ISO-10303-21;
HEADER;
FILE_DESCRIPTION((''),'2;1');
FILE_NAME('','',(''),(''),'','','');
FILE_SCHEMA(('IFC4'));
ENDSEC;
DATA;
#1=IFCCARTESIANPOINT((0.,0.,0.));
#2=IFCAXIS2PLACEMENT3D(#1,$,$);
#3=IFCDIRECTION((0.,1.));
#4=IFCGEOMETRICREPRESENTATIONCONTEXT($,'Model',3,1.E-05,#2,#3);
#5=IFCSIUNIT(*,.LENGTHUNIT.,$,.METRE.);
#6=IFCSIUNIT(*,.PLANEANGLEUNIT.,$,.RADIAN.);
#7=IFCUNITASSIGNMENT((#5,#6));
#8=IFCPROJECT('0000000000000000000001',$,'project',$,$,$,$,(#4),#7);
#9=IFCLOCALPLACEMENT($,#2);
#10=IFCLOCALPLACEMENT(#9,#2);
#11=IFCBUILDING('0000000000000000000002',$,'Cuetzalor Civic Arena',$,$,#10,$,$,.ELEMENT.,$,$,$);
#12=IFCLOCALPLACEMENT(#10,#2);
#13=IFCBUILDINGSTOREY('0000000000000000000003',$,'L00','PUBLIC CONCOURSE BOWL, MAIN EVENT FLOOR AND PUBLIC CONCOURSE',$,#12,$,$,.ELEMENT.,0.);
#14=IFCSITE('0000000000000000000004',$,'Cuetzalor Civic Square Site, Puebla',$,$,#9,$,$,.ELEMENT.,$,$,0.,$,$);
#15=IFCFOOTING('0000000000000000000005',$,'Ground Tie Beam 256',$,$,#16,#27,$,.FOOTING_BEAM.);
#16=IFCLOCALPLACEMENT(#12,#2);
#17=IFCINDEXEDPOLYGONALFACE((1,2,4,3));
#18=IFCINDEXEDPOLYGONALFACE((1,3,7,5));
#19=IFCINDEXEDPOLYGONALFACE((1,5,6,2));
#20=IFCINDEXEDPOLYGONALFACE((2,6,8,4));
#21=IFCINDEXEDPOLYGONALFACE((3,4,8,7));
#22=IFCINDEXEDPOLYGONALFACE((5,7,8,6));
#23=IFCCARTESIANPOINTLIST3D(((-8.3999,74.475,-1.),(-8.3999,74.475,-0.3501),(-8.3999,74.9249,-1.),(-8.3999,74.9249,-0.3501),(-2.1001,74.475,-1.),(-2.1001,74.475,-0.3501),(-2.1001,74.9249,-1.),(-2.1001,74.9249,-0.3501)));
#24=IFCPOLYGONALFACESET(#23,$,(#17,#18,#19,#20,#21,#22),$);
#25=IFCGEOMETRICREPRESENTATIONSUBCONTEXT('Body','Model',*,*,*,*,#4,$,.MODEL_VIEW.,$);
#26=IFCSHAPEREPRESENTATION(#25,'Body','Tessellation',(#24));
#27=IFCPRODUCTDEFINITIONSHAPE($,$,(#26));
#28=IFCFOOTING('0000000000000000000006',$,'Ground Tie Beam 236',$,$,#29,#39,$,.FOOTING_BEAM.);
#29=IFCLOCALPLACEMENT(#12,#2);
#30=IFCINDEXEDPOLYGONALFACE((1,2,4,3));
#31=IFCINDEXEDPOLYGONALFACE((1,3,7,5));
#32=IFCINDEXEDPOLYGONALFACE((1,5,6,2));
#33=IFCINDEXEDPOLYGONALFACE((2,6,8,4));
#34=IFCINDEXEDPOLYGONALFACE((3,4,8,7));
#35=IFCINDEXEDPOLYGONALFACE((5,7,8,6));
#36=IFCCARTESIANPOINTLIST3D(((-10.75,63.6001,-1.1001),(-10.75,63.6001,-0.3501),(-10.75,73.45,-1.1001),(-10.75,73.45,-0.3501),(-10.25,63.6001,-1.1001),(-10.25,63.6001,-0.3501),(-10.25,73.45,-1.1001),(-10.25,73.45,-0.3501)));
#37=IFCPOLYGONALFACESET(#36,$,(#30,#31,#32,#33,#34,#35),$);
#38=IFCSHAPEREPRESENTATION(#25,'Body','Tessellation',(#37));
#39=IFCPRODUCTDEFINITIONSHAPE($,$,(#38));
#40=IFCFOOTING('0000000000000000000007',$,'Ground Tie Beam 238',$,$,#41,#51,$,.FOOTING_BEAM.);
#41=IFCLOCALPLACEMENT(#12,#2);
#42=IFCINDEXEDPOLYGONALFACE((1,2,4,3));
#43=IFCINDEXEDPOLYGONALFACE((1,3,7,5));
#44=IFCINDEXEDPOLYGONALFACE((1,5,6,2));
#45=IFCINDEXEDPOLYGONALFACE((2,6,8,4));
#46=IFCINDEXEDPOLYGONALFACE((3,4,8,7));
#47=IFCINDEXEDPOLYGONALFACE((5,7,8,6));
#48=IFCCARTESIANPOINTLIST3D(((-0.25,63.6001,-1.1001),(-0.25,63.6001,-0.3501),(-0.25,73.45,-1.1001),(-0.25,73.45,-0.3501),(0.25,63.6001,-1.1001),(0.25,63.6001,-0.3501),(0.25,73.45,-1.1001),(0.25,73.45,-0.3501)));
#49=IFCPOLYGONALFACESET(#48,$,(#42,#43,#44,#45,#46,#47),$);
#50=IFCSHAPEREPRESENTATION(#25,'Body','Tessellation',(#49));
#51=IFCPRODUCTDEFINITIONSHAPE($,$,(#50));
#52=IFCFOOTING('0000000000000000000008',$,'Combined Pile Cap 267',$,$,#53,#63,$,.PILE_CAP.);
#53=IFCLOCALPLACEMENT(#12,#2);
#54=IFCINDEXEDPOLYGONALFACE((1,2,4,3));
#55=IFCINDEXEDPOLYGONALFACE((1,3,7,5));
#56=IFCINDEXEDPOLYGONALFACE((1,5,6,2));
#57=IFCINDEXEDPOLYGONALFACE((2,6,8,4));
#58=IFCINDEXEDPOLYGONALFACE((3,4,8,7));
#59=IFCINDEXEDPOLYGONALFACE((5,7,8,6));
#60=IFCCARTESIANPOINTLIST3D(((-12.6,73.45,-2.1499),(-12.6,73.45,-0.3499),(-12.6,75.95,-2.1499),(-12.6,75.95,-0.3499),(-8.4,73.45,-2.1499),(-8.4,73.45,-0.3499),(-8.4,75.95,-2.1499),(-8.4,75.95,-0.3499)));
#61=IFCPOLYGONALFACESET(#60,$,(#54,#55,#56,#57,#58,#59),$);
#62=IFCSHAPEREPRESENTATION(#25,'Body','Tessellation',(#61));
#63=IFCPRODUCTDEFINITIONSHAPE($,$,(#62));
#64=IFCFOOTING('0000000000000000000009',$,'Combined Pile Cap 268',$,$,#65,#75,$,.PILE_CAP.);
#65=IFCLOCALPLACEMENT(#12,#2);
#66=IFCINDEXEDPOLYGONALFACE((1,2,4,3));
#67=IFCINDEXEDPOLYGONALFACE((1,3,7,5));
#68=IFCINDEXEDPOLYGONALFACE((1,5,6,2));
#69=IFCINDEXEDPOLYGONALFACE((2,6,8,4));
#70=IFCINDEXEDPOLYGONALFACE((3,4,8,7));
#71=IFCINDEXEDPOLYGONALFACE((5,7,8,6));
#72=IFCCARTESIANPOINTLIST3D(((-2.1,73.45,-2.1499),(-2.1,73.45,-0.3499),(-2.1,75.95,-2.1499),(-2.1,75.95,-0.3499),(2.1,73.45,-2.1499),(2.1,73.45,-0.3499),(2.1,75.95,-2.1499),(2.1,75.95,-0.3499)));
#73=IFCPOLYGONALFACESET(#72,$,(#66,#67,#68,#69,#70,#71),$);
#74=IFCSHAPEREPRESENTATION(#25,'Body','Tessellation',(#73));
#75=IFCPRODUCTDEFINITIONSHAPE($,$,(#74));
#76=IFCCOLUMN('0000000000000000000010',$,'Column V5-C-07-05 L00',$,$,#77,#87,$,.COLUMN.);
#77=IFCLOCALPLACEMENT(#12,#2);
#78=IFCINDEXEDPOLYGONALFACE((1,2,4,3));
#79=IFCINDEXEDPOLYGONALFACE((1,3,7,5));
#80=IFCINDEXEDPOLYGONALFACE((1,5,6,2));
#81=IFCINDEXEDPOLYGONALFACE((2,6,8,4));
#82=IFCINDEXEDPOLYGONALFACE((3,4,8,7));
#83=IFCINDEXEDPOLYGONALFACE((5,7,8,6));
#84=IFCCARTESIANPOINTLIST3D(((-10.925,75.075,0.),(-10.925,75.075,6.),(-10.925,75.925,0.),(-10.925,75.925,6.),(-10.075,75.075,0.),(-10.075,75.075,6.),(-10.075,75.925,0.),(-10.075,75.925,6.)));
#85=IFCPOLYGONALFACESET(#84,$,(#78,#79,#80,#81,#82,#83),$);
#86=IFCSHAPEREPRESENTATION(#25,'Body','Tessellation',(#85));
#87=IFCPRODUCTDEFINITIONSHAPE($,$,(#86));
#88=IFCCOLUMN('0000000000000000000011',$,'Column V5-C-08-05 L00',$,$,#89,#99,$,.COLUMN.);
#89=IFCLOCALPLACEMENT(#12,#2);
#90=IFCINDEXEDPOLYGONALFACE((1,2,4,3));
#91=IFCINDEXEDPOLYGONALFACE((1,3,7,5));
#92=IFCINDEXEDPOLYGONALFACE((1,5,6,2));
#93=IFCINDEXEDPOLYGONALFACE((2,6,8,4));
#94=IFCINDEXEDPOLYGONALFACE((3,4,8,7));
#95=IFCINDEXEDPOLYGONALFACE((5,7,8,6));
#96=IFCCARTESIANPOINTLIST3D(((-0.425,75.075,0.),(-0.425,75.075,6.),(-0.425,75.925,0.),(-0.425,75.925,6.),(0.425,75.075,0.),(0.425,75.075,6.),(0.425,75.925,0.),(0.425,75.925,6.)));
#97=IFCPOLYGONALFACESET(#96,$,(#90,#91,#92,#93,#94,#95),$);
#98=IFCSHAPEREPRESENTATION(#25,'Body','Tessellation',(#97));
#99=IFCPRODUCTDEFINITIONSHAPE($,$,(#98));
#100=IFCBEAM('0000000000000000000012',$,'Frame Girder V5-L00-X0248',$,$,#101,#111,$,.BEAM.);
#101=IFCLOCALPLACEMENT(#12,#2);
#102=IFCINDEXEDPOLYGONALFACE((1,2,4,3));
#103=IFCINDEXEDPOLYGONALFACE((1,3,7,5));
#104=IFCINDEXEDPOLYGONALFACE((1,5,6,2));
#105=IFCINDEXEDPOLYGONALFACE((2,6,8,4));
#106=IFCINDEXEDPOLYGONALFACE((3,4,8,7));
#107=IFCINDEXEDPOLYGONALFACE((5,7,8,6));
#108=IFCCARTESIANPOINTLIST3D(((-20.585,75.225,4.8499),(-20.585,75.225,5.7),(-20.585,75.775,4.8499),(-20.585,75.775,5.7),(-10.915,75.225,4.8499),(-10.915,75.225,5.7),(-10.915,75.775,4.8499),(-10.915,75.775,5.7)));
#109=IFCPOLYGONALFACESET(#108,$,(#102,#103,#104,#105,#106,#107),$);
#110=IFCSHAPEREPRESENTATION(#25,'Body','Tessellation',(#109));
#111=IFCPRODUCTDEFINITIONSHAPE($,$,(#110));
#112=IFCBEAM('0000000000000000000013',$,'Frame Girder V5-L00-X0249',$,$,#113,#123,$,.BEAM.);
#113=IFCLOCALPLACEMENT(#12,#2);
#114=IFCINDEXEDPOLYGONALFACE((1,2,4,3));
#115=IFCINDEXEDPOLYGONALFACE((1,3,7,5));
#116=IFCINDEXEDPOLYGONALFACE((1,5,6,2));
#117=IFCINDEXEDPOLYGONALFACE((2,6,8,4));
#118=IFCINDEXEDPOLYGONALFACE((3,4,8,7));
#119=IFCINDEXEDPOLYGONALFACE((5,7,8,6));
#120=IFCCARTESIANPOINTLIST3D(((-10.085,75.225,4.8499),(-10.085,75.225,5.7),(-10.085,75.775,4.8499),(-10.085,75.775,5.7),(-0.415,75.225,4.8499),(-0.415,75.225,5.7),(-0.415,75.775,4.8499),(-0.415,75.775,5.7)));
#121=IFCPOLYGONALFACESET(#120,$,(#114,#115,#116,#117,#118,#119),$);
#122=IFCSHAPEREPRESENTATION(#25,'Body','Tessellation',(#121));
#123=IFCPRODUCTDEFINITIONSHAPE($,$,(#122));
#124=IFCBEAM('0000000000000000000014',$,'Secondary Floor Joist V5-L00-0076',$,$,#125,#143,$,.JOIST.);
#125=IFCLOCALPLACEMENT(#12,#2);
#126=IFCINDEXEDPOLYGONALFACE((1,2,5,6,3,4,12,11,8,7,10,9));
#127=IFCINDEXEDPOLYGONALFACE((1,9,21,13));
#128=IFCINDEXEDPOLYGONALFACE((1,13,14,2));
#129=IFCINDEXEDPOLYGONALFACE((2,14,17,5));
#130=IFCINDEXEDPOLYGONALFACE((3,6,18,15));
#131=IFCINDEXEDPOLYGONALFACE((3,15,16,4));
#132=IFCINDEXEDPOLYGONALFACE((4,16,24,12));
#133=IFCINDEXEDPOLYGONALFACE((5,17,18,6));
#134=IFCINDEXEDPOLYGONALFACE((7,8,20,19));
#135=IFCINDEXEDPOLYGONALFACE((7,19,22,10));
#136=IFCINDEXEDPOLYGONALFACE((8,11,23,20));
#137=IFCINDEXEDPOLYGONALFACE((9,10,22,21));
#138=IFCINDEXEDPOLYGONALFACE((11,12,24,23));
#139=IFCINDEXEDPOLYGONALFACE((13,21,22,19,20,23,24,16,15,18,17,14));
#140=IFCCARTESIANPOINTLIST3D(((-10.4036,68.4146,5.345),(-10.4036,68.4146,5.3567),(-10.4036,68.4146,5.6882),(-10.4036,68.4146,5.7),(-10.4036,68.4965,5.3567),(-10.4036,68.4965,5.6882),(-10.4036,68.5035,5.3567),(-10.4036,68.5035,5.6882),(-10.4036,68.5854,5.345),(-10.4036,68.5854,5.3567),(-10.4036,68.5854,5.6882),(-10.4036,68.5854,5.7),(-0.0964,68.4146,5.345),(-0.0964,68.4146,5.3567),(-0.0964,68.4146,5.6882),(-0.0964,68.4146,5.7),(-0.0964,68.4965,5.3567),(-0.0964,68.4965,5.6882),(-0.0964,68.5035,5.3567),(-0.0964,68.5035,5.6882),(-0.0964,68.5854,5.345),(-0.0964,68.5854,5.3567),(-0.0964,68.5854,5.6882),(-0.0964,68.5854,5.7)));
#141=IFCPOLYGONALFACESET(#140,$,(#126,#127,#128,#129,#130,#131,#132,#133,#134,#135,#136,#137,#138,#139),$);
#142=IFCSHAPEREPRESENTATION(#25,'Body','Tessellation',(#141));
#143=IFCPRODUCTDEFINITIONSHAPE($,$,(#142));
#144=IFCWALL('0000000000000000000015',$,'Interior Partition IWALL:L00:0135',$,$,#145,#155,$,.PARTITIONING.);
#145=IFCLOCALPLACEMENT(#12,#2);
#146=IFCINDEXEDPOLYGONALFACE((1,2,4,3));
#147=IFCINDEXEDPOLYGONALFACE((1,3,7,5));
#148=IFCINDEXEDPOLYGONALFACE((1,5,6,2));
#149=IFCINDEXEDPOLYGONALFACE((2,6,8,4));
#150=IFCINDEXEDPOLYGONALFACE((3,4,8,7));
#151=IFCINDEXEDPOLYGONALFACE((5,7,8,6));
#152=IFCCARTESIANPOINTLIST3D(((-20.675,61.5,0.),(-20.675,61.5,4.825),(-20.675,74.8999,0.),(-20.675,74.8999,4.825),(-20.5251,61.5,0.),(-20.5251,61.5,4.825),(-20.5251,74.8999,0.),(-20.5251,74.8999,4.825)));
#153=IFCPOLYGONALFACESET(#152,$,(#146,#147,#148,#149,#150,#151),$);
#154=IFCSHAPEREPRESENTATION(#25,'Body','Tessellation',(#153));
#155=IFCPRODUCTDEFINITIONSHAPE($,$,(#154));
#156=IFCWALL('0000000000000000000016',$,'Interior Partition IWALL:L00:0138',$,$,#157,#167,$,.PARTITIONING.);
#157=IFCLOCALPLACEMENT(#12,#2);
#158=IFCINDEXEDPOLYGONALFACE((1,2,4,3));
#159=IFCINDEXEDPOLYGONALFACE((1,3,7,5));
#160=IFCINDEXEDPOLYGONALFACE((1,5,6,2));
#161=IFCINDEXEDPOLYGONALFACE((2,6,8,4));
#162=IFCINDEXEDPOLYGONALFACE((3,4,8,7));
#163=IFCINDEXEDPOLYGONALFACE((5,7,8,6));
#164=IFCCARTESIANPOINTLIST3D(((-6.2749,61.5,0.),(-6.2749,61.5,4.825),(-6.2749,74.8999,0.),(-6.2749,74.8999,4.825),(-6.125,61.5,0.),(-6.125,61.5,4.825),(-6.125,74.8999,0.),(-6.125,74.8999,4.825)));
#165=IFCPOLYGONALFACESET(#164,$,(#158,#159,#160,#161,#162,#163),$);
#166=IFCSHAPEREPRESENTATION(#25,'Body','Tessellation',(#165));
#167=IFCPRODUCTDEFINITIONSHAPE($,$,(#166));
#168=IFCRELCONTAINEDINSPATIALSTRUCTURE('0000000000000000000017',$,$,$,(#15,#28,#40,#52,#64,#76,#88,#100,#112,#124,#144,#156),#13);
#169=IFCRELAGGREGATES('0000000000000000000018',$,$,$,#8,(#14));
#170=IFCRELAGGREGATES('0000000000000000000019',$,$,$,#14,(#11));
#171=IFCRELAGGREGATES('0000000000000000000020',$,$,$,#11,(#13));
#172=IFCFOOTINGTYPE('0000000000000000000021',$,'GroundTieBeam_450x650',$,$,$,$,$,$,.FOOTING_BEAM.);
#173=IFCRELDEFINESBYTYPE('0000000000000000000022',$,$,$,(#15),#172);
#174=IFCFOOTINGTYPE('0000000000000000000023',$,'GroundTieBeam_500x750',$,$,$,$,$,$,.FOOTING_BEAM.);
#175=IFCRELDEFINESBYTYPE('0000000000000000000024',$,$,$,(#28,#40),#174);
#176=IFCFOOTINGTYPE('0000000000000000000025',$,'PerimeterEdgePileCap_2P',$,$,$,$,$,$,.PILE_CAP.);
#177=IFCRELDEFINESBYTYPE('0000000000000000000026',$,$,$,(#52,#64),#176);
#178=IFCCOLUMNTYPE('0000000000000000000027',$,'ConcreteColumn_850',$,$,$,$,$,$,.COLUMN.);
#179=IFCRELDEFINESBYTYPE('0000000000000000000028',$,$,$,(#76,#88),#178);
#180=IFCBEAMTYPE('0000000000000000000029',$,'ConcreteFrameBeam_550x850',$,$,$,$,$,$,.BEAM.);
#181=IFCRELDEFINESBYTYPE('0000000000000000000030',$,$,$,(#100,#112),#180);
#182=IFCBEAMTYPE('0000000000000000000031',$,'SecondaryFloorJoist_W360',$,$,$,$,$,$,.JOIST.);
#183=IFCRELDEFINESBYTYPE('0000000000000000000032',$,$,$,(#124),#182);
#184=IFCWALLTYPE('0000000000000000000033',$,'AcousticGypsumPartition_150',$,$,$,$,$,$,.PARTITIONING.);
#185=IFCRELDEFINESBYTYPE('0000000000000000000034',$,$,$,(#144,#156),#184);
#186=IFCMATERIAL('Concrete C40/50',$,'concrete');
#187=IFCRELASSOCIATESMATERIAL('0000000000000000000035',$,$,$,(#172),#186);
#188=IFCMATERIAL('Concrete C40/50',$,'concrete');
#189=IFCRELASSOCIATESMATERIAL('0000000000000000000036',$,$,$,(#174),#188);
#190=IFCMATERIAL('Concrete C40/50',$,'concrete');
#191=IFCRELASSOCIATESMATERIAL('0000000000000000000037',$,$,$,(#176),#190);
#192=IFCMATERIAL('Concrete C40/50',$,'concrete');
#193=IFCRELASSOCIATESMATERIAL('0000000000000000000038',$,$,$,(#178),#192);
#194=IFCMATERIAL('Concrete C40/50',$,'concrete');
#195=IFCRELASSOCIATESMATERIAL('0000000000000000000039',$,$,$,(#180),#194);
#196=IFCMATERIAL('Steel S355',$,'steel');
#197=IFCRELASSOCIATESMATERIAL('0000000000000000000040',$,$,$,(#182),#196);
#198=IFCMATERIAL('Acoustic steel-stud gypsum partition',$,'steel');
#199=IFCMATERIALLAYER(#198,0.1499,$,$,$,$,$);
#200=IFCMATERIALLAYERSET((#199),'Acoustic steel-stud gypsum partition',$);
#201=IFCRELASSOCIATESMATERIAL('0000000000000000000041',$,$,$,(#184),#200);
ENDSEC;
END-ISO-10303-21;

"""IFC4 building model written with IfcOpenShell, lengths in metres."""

from ifc_helpers import new_model, si_unit, direction, frame, frame_2d, origin, origin_2d, place, context, subcontext, project, spatial, rectangle, i_section, extrude, material, layer, layer_set, material_profile, profile_set, type_object, element, save


model = new_model("IFC4")

# Units and contexts
model_context = context("Model", 3, precision=1e-05, world=origin(), true_north=direction((0.0, 1.0)))
body_context = subcontext(model_context, "Body", "Model", "MODEL_VIEW")
ifc_project = project(units=[si_unit("LENGTHUNIT", "METRE"), si_unit("PLANEANGLEUNIT", "RADIAN")], contexts=[model_context])

# Site, building, storey
site_placement = place(None, origin())
site = spatial("IfcSite", under=ifc_project, at=site_placement, Name="Cuetzalor Civic Square Site, Puebla", CompositionType="ELEMENT", RefElevation=0.0)
building_placement = place(site_placement, origin())
building = spatial("IfcBuilding", under=site, at=building_placement, Name="Cuetzalor Civic Arena", CompositionType="ELEMENT")
storey_placement = place(building_placement, origin())
storey = spatial("IfcBuildingStorey", under=building, at=storey_placement, Name="L00", Description="PUBLIC CONCOURSE BOWL, MAIN EVENT FLOOR AND PUBLIC CONCOURSE", CompositionType="ELEMENT", Elevation=0.0)

# Footings
ifc_material_1 = material(Name="Concrete C40/50", Category="concrete")
ifc_material_profile_1 = material_profile(ifc_material_1, rectangle(XDim=0.45, YDim=0.6499, at=origin_2d()), Name="RC 450x650")
ifc_profile_set_1 = profile_set([ifc_material_profile_1], Name="Concrete C40/50")
footing_type_1 = type_object("IfcFootingType", Name="GroundTieBeam_450x650", PredefinedType="FOOTING_BEAM", material=ifc_profile_set_1)
for number, where, z_axis, x_axis, name in (
    (1, (-8.3999, 74.7, -0.675), (1.0, 0.0, 0.0), (0.0, 1.0, 0.0), "Ground Tie Beam 256"),
):
    element("IfcFooting", number, at=place(storey_placement, frame(where, z_axis=z_axis, x_axis=x_axis)), inside=storey, type_object=footing_type_1, Name=name, PredefinedType="FOOTING_BEAM", context=body_context, shape_type="SweptSolid", body=[
        extrude(rectangle(XDim=0.45, YDim=0.6499, at=origin_2d()), origin(), (0.0, 0.0, 1.0), 6.2998),
    ])
ifc_material_2 = material(Name="Concrete C40/50", Category="concrete")
ifc_material_profile_2 = material_profile(ifc_material_2, rectangle(XDim=0.5, YDim=0.75, at=origin_2d()), Name="RC 500x750")
ifc_profile_set_2 = profile_set([ifc_material_profile_2], Name="Concrete C40/50")
footing_type_2 = type_object("IfcFootingType", Name="GroundTieBeam_500x750", PredefinedType="FOOTING_BEAM", material=ifc_profile_set_2)
for number, where, z_axis, x_axis, name in (
    (2, (-10.5, 63.6001, -0.7251), (0.0, 1.0, 0.0), (-1.0, 0.0, 0.0), "Ground Tie Beam 236"),
    (3, (0.0, 63.6001, -0.7251), (0.0, 1.0, 0.0), (-1.0, 0.0, 0.0), "Ground Tie Beam 238"),
):
    element("IfcFooting", number, at=place(storey_placement, frame(where, z_axis=z_axis, x_axis=x_axis)), inside=storey, type_object=footing_type_2, Name=name, PredefinedType="FOOTING_BEAM", context=body_context, shape_type="SweptSolid", body=[
        extrude(rectangle(XDim=0.5, YDim=0.75, at=origin_2d()), origin(), (0.0, 0.0, 1.0), 9.8499),
    ])
ifc_material_3 = material(Name="Concrete C40/50", Category="concrete")
footing_type_3 = type_object("IfcFootingType", Name="PerimeterEdgePileCap_2P", PredefinedType="PILE_CAP", material=ifc_material_3)
for number, where, z_axis, x_axis, name in (
    (4, (-10.5, 74.7, -2.1499), (0.0, 0.0, 1.0), (1.0, 0.0, 0.0), "Combined Pile Cap 267"),
    (5, (0.0, 74.7, -2.1499), (0.0, 0.0, 1.0), (1.0, 0.0, 0.0), "Combined Pile Cap 268"),
):
    element("IfcFooting", number, at=place(storey_placement, frame(where, z_axis=z_axis, x_axis=x_axis)), inside=storey, type_object=footing_type_3, Name=name, PredefinedType="PILE_CAP", context=body_context, shape_type="SweptSolid", body=[
        extrude(rectangle(XDim=4.2, YDim=2.5, at=origin_2d()), origin(), (0.0, 0.0, 1.0), 1.8),
    ])

# Columns
ifc_material_4 = material(Name="Concrete C40/50", Category="concrete")
ifc_material_profile_3 = material_profile(ifc_material_4, rectangle(XDim=0.8501, YDim=0.8501, at=origin_2d()), Name="RC 850x850")
ifc_profile_set_3 = profile_set([ifc_material_profile_3], Name="Concrete C40/50")
column_type = type_object("IfcColumnType", Name="ConcreteColumn_850", PredefinedType="COLUMN", material=ifc_profile_set_3)
for number, where, z_axis, x_axis, name in (
    (6, (-10.5, 75.5, 0.0), (0.0, 0.0, 1.0), (1.0, 0.0, 0.0), "Column V5-C-07-05 L00"),
    (7, (0.0, 75.5, 0.0), (0.0, 0.0, 1.0), (1.0, 0.0, 0.0), "Column V5-C-08-05 L00"),
):
    element("IfcColumn", number, at=place(storey_placement, frame(where, z_axis=z_axis, x_axis=x_axis)), inside=storey, type_object=column_type, Name=name, PredefinedType="COLUMN", context=body_context, shape_type="SweptSolid", body=[
        extrude(rectangle(XDim=0.8501, YDim=0.8501, at=origin_2d()), origin(), (0.0, 0.0, 1.0), 6.0),
    ])

# Beams
ifc_material_5 = material(Name="Concrete C40/50", Category="concrete")
ifc_material_profile_4 = material_profile(ifc_material_5, rectangle(XDim=0.55, YDim=0.8501, at=origin_2d()), Name="RC 550x850")
ifc_profile_set_4 = profile_set([ifc_material_profile_4], Name="Concrete C40/50")
beam_type_1 = type_object("IfcBeamType", Name="ConcreteFrameBeam_550x850", PredefinedType="BEAM", material=ifc_profile_set_4)
for number, where, z_axis, x_axis, name in (
    (8, (-20.585, 75.5, 5.2749), (1.0, 0.0, 0.0), (0.0, 1.0, 0.0), "Frame Girder V5-L00-X0248"),
    (9, (-10.085, 75.5, 5.2749), (1.0, 0.0, 0.0), (0.0, 1.0, 0.0), "Frame Girder V5-L00-X0249"),
):
    element("IfcBeam", number, at=place(storey_placement, frame(where, z_axis=z_axis, x_axis=x_axis)), inside=storey, type_object=beam_type_1, Name=name, PredefinedType="BEAM", context=body_context, shape_type="SweptSolid", body=[
        extrude(rectangle(XDim=0.55, YDim=0.8501, at=origin_2d()), origin(), (0.0, 0.0, 1.0), 9.6699),
    ])
ifc_material_6 = material(Name="Steel S355", Category="steel")
ifc_material_profile_5 = material_profile(ifc_material_6, i_section(OverallWidth=0.1709, OverallDepth=0.355, WebThickness=0.0071, FlangeThickness=0.0117, at=origin_2d()), Name="W360x51")
ifc_profile_set_5 = profile_set([ifc_material_profile_5], Name="Steel S355")
beam_type_2 = type_object("IfcBeamType", Name="SecondaryFloorJoist_W360", PredefinedType="JOIST", material=ifc_profile_set_5)
beam_placement = place(storey_placement, frame((-10.4036, 68.5, 5.5225), z_axis=(1.0, 0.0, 0.0), x_axis=(0.0, 1.0, 0.0)))
element("IfcBeam", 10, at=beam_placement, inside=storey, type_object=beam_type_2, Name="Secondary Floor Joist V5-L00-0076", PredefinedType="JOIST", context=body_context, shape_type="SweptSolid", body=[
    extrude(i_section(OverallWidth=0.1709, OverallDepth=0.355, WebThickness=0.0071, FlangeThickness=0.0117, at=origin_2d()), origin(), (0.0, 0.0, 1.0), 10.3071),
])

# Walls
ifc_material_7 = material(Name="Acoustic steel-stud gypsum partition", Category="steel")
ifc_layer_1 = layer(ifc_material_7, 0.1499)
ifc_layer_set_1 = layer_set([ifc_layer_1], Name="Acoustic steel-stud gypsum partition")
wall_type_1 = type_object("IfcWallType", Name="AcousticGypsumPartition_150", PredefinedType="PARTITIONING", material=ifc_layer_set_1)
for number, where, z_axis, x_axis, name in (
    (11, (-20.6001, 74.8999, 0.0), (0.0, 0.0, 1.0), (0.0, -1.0, 0.0), "Interior Partition IWALL:L00:0135"),
    (12, (-6.2, 74.8999, 0.0), (0.0, 0.0, 1.0), (0.0, -1.0, 0.0), "Interior Partition IWALL:L00:0138"),
):
    element("IfcWall", number, at=place(storey_placement, frame(where, z_axis=z_axis, x_axis=x_axis)), inside=storey, type_object=wall_type_1, Name=name, PredefinedType="PARTITIONING", context=body_context, shape_type="SweptSolid", body=[
        extrude(rectangle(XDim=13.3999, YDim=0.1499, at=frame_2d((6.7, 0.0))), origin(), (0.0, 0.0, 1.0), 4.825),
    ])

save(model, "model.ifc")
